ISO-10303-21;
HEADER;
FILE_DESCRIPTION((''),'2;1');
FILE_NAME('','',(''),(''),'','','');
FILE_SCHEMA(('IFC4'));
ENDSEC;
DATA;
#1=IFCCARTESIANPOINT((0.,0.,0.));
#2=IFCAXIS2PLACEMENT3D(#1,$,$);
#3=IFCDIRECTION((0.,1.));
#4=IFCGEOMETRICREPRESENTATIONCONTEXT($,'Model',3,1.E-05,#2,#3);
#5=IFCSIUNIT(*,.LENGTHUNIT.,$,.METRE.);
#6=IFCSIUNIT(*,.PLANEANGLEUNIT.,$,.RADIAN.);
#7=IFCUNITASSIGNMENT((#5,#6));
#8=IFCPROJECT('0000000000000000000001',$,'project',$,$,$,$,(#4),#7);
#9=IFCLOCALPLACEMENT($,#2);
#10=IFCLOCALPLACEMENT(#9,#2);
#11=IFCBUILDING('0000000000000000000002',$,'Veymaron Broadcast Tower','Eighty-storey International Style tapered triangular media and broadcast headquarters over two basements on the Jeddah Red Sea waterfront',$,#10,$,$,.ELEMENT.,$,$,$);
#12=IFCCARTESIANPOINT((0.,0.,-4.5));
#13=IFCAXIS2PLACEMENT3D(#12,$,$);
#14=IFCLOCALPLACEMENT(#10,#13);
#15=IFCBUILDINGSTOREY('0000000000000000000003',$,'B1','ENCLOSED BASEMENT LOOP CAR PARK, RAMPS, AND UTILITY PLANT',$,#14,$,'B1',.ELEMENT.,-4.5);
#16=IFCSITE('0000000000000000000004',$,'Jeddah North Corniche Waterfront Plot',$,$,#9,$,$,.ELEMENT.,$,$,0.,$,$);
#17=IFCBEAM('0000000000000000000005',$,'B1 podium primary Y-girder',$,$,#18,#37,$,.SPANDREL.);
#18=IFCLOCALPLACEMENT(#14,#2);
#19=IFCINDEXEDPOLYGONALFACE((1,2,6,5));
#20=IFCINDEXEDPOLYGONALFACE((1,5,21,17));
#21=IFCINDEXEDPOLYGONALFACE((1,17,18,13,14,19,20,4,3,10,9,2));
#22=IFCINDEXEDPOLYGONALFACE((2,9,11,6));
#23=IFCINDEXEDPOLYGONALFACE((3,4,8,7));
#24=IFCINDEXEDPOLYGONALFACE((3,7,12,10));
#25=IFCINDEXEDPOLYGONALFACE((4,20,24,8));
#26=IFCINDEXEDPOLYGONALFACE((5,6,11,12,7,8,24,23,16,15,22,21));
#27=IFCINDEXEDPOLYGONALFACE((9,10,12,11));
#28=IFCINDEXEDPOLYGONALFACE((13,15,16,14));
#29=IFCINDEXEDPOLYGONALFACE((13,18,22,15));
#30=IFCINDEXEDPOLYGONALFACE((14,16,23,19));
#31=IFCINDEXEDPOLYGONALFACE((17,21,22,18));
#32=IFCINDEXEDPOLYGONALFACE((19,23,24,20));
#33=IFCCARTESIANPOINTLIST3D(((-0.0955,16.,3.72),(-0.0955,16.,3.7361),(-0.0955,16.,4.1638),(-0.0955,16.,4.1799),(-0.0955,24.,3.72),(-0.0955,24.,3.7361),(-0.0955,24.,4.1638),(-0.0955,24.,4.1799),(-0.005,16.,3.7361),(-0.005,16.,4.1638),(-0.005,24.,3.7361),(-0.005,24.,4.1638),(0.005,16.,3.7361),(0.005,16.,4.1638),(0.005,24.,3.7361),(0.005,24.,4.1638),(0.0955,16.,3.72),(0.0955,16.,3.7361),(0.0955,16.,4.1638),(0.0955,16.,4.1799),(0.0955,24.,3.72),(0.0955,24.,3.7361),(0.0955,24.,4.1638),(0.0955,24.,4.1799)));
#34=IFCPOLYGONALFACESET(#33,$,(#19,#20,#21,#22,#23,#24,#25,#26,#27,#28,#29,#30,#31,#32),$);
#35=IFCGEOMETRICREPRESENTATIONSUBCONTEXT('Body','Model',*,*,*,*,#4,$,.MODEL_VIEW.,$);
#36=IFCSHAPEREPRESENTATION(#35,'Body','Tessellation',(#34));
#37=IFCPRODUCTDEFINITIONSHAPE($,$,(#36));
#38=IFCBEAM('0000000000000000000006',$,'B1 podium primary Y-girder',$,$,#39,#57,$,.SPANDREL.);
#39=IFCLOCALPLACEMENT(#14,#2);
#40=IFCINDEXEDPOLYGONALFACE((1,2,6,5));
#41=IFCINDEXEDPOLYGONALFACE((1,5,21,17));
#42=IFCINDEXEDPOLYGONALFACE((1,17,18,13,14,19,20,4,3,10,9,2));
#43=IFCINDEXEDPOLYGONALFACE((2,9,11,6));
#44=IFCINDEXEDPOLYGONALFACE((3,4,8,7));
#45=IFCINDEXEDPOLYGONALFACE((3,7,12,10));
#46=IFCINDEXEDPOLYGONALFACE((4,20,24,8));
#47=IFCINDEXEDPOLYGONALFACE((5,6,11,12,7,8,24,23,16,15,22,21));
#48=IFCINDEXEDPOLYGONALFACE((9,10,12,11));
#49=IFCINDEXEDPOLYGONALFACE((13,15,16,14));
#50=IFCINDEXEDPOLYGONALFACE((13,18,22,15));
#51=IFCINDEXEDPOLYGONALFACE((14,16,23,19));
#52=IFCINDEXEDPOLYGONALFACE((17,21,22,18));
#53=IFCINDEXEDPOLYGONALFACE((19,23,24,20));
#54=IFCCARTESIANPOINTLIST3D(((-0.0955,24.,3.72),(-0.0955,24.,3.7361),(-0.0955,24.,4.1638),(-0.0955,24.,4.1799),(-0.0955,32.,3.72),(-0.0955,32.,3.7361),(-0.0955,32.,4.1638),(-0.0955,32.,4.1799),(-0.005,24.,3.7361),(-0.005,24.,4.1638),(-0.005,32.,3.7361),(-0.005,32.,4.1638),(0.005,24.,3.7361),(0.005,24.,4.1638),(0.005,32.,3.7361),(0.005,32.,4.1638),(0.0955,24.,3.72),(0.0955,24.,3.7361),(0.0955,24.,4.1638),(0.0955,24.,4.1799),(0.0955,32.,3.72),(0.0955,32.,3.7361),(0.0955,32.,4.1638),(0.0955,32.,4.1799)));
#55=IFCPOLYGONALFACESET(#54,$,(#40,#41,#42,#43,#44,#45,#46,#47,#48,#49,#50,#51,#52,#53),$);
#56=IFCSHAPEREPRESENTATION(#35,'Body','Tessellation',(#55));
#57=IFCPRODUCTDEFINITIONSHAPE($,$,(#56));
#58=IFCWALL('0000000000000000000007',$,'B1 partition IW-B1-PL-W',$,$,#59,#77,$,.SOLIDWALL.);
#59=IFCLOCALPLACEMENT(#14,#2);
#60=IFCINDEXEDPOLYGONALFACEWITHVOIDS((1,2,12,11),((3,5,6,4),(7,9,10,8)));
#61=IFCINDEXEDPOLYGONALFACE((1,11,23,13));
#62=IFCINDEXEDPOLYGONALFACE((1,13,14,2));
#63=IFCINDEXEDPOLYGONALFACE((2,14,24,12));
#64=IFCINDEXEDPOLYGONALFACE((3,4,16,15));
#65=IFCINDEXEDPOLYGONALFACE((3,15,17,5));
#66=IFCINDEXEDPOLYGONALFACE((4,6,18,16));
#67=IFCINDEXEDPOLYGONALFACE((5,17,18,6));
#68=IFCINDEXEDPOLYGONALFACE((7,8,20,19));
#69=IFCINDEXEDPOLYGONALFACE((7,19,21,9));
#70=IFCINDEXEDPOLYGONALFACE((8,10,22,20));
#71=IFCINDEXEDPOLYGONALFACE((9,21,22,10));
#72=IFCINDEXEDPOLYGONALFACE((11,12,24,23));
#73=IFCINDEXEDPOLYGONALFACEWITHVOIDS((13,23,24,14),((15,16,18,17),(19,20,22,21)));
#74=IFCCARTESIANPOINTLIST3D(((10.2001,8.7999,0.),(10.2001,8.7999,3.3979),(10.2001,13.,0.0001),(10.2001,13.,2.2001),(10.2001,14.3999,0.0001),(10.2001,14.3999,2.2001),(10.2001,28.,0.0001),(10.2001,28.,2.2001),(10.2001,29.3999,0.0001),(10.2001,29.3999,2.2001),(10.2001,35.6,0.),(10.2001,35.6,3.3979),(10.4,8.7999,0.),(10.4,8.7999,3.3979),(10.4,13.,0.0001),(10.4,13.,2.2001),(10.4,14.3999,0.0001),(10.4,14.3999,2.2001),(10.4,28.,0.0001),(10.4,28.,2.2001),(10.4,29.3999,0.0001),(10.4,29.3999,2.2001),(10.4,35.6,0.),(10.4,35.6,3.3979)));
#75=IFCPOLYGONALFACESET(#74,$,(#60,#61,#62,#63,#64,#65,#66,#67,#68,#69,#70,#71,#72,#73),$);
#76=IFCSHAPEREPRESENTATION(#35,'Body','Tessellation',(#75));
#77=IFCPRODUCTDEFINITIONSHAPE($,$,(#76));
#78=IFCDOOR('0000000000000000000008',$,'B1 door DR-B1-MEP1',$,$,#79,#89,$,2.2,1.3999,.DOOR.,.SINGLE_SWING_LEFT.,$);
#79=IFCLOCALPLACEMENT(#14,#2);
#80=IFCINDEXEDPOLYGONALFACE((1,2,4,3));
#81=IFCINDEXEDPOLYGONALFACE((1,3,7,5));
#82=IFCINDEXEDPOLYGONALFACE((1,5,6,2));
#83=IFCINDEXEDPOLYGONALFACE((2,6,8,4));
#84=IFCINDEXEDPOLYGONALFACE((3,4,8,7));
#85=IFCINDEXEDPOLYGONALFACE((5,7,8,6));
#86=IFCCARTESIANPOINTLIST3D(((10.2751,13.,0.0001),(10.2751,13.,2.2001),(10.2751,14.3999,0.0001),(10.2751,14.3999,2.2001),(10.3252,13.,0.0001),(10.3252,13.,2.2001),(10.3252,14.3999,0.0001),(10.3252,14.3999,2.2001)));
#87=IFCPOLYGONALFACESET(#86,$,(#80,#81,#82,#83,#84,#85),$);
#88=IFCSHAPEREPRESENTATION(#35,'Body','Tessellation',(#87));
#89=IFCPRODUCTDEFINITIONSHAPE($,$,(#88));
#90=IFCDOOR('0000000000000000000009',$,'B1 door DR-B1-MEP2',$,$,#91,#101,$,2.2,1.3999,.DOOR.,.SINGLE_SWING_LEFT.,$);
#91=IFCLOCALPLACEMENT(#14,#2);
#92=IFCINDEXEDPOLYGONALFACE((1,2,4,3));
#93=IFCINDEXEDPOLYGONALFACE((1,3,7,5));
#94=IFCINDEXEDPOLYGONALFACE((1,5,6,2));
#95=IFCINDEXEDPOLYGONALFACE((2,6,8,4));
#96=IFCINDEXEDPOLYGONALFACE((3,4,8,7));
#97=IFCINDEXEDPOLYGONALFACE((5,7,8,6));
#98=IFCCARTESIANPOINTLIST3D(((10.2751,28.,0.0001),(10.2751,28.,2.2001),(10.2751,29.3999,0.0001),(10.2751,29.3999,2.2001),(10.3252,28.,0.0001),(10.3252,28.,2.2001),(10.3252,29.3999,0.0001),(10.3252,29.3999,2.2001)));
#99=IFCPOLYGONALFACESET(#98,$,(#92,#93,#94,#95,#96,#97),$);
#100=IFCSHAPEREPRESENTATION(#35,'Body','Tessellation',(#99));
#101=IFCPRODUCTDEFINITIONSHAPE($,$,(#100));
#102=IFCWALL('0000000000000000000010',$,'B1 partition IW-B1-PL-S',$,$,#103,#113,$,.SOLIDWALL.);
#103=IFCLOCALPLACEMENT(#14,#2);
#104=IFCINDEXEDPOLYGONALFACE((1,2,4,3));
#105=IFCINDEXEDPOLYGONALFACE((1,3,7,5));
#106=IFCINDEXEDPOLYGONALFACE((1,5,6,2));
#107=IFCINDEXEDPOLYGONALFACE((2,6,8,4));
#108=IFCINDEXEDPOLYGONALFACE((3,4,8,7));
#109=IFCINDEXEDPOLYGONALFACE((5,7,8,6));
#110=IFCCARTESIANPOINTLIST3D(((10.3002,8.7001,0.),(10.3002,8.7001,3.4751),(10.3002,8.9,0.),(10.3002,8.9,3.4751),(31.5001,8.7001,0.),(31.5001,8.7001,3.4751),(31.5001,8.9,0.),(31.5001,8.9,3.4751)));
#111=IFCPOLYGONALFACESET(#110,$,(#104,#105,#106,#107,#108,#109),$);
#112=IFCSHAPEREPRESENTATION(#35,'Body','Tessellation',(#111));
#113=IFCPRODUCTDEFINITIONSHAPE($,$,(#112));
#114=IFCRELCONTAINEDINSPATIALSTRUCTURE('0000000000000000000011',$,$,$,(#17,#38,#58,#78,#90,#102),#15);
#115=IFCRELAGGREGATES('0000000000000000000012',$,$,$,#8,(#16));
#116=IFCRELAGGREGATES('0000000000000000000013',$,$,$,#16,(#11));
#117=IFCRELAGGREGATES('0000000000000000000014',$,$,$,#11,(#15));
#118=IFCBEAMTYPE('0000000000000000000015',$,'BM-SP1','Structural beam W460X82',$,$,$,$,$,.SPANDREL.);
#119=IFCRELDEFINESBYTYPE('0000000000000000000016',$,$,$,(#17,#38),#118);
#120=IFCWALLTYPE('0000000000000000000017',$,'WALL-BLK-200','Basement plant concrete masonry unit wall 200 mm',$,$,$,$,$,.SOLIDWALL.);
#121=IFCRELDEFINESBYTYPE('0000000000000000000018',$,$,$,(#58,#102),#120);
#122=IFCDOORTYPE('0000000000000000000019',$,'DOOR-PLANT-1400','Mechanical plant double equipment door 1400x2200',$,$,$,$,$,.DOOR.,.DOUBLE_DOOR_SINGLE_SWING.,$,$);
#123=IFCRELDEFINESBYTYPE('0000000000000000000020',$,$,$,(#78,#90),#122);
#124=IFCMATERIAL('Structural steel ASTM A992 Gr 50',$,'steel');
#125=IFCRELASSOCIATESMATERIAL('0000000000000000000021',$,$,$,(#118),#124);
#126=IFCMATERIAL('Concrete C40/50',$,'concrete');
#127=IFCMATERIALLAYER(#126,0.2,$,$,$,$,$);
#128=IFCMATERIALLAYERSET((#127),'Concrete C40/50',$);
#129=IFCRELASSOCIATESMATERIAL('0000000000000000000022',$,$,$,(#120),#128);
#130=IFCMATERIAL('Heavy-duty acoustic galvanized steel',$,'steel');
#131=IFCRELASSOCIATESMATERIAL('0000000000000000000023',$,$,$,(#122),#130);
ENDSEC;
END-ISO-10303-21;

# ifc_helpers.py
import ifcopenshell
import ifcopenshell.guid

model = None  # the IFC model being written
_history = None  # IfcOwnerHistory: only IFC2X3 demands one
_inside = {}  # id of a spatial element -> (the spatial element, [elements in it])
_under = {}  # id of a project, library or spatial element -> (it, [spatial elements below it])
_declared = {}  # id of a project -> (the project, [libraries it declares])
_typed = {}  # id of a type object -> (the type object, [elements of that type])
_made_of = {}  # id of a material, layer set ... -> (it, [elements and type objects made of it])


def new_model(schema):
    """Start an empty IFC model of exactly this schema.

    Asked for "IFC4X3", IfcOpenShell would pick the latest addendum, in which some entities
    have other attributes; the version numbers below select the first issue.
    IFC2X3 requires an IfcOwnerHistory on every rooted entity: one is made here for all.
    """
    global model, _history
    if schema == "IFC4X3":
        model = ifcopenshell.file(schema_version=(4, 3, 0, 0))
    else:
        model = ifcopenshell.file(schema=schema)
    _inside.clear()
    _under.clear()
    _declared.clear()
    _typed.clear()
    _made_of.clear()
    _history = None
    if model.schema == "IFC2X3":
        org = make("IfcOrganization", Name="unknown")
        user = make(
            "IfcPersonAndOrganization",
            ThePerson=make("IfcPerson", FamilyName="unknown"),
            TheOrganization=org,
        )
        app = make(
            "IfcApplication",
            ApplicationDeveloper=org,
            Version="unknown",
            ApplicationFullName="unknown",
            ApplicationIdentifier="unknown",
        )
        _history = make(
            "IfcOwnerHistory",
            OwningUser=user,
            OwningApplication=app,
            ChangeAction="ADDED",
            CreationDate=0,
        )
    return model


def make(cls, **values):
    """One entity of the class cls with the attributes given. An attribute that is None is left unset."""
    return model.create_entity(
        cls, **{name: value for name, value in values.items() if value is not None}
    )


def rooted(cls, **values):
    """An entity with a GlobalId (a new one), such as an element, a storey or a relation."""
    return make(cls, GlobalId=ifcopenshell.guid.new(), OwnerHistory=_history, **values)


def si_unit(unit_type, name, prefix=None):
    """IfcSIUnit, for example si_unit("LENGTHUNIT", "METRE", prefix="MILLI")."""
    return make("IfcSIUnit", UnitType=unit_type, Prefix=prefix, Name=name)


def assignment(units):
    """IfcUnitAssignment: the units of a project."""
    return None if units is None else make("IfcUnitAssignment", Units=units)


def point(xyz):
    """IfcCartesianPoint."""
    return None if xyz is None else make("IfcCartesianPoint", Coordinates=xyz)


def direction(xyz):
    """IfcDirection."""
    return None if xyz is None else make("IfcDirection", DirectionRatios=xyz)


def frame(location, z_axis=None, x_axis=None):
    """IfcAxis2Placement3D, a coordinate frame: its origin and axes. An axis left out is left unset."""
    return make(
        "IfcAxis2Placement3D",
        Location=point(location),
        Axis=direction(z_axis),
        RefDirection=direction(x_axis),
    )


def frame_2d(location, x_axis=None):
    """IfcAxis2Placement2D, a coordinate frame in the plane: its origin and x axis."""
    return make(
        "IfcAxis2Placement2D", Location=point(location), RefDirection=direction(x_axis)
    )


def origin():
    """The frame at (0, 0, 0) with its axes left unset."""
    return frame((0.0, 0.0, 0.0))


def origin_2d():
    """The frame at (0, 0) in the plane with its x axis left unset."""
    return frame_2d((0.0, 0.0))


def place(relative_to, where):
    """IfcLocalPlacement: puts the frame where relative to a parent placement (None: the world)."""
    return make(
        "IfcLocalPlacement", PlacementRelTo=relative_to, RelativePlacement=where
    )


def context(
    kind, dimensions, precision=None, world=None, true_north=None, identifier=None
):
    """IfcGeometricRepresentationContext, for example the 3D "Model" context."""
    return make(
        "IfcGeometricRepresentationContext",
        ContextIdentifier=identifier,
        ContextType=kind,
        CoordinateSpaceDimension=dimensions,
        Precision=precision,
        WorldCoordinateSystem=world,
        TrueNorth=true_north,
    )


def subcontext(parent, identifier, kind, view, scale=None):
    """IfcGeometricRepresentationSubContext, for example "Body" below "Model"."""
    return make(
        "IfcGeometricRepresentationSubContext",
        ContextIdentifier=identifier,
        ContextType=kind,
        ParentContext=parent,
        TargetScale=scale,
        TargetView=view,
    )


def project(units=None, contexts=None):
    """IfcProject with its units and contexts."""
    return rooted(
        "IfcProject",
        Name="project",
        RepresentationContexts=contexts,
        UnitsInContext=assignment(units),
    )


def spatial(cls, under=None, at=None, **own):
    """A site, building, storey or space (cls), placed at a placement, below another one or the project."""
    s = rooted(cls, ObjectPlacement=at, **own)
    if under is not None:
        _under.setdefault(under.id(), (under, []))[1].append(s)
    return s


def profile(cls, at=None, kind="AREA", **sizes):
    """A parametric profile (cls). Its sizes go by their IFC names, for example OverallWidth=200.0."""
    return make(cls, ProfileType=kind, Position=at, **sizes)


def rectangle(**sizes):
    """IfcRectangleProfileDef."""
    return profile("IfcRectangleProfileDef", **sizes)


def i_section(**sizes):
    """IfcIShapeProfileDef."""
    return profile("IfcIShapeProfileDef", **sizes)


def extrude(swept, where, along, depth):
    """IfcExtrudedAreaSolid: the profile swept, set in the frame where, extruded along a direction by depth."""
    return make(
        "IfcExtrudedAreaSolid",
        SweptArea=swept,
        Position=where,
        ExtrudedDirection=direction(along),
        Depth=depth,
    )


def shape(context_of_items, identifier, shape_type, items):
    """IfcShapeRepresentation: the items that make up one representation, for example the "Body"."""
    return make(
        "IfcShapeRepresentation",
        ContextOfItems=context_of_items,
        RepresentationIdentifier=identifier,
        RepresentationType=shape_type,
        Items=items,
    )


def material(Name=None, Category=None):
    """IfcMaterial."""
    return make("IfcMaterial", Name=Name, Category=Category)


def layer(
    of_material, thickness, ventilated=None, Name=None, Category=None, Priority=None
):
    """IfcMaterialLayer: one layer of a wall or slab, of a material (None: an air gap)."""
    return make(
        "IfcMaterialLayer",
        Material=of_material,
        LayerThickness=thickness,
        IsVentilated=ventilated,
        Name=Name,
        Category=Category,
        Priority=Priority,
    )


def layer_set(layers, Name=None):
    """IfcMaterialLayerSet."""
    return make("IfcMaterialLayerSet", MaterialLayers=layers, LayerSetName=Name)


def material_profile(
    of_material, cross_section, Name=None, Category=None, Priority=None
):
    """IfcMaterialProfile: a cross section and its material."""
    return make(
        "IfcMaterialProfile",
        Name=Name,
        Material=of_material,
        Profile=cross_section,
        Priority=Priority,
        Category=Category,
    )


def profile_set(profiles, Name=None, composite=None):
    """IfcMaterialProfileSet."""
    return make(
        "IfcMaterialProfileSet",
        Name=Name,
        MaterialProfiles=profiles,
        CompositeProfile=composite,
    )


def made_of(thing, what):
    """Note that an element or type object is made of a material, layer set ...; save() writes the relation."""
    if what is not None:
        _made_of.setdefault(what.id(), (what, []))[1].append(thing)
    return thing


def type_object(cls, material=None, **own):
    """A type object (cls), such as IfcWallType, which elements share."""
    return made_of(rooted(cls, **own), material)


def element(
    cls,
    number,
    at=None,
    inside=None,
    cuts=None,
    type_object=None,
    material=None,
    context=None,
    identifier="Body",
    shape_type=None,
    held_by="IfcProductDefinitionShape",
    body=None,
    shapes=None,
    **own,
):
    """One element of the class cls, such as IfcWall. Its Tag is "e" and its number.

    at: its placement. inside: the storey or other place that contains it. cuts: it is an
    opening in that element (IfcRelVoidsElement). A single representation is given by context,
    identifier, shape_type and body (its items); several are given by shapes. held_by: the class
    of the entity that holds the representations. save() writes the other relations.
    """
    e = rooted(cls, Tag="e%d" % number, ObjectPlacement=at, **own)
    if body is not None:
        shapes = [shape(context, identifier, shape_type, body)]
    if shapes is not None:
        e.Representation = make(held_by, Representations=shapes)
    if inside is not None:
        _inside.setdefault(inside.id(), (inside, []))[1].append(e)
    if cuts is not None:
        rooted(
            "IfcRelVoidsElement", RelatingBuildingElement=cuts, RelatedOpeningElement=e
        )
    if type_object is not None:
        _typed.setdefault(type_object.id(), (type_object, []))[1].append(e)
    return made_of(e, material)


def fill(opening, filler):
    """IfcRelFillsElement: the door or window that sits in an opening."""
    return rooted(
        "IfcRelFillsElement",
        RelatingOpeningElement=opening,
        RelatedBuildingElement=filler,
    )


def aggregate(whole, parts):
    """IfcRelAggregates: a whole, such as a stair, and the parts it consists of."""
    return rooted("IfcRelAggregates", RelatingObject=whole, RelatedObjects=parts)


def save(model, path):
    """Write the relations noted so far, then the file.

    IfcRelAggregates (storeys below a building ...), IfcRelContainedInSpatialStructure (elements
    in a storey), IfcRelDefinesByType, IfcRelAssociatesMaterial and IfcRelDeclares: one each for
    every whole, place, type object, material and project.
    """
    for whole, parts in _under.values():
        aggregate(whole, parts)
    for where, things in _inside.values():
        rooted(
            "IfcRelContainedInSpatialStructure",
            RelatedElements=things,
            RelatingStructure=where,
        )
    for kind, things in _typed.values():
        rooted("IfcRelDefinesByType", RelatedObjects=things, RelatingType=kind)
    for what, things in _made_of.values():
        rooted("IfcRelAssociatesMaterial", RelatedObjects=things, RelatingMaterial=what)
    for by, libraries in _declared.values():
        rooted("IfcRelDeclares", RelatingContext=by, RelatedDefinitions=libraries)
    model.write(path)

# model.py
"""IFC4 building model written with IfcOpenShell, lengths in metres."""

from ifc_helpers import new_model, si_unit, direction, frame, frame_2d, origin, origin_2d, place, context, subcontext, project, spatial, rectangle, i_section, extrude, material, layer, layer_set, material_profile, profile_set, type_object, element, fill, save


model = new_model("IFC4")

# Units and contexts
model_context = context("Model", 3, precision=1e-05, world=origin(), true_north=direction((0.0, 1.0)))
body_context = subcontext(model_context, "Body", "Model", "MODEL_VIEW")
ifc_project = project(units=[si_unit("LENGTHUNIT", "METRE"), si_unit("PLANEANGLEUNIT", "RADIAN")], contexts=[model_context])

# Site, building, storey
site_placement = place(None, origin())
site = spatial("IfcSite", under=ifc_project, at=site_placement, Name="Jeddah North Corniche Waterfront Plot", CompositionType="ELEMENT", RefElevation=0.0)
building_placement = place(site_placement, origin())
building = spatial("IfcBuilding", under=site, at=building_placement, Name="Veymaron Broadcast Tower", Description="Eighty-storey International Style tapered triangular media and broadcast headquarters over two basements on the Jeddah Red Sea waterfront", CompositionType="ELEMENT")
storey_placement = place(building_placement, frame((0.0, 0.0, -4.5)))
storey = spatial("IfcBuildingStorey", under=building, at=storey_placement, Name="B1", Description="ENCLOSED BASEMENT LOOP CAR PARK, RAMPS, AND UTILITY PLANT", LongName="B1", CompositionType="ELEMENT", Elevation=-4.5)

# Beams
ifc_material_1 = material(Name="Structural steel ASTM A992 Gr 50", Category="steel")
ifc_material_profile_1 = material_profile(ifc_material_1, i_section(OverallWidth=0.1909, OverallDepth=0.46, WebThickness=0.01, FlangeThickness=0.0161, at=origin_2d()), Name="W460X82")
ifc_profile_set_1 = profile_set([ifc_material_profile_1], Name="Structural steel ASTM A992 Gr 50")
beam_type_1 = type_object("IfcBeamType", Name="BM-SP1", Description="Structural beam W460X82", PredefinedType="SPANDREL", material=ifc_profile_set_1)
for number, where, z_axis, x_axis, name in (
    (1, (0.0, 16.0, 3.95), (0.0, 1.0, 0.0), (-1.0, 0.0, 0.0), "B1 podium primary Y-girder"),
    (2, (0.0, 24.0, 3.95), (0.0, 1.0, 0.0), (-1.0, 0.0, 0.0), "B1 podium primary Y-girder"),
):
    element("IfcBeam", number, at=place(storey_placement, frame(where, z_axis=z_axis, x_axis=x_axis)), inside=storey, type_object=beam_type_1, Name=name, PredefinedType="SPANDREL", context=body_context, shape_type="SweptSolid", body=[
        extrude(i_section(OverallWidth=0.1909, OverallDepth=0.46, WebThickness=0.01, FlangeThickness=0.0161, at=origin_2d()), origin(), (0.0, 0.0, 1.0), 8.0),
    ])

# Wall, openings, doors
ifc_material_2 = material(Name="Concrete C40/50", Category="concrete")
ifc_layer = layer(ifc_material_2, 0.2)
ifc_layer_set = layer_set([ifc_layer], Name="Concrete C40/50")
wall_type = type_object("IfcWallType", Name="WALL-BLK-200", Description="Basement plant concrete masonry unit wall 200 mm", PredefinedType="SOLIDWALL", material=ifc_layer_set)
wall_1_placement = place(storey_placement, frame((10.3, 8.8, 0.0), z_axis=(0.0, 0.0, 1.0), x_axis=(0.0, 1.0, 0.0)))
wall_1 = element("IfcWall", 3, at=wall_1_placement, inside=storey, type_object=wall_type, Name="B1 partition IW-B1-PL-W", PredefinedType="SOLIDWALL", context=body_context, shape_type="SweptSolid", body=[
    extrude(rectangle(XDim=26.8, YDim=0.2, at=frame_2d((13.3999, 0.0))), origin(), (0.0, 0.0, 1.0), 3.3979),
])
opening_1_placement = place(wall_1_placement, frame((4.2, 0.0, 0.0)))
opening_1 = element("IfcOpeningElement", 4, at=opening_1_placement, cuts=wall_1, PredefinedType="OPENING", context=body_context, shape_type="SweptSolid", body=[
    extrude(rectangle(XDim=1.3999, YDim=2.2, at=frame_2d((0.7, 1.1001))), frame((0.0, 0.1099, 0.0), z_axis=(0.0, -1.0, 0.0), x_axis=(1.0, 0.0, 0.0)), (0.0, 0.0, 1.0), 0.22),
])
opening_2_placement = place(wall_1_placement, frame((19.2, 0.0, 0.0)))
opening_2 = element("IfcOpeningElement", 5, at=opening_2_placement, cuts=wall_1, PredefinedType="OPENING", context=body_context, shape_type="SweptSolid", body=[
    extrude(rectangle(XDim=1.3999, YDim=2.2, at=frame_2d((0.7, 1.1001))), frame((0.0, 0.1099, 0.0), z_axis=(0.0, -1.0, 0.0), x_axis=(1.0, 0.0, 0.0)), (0.0, 0.0, 1.0), 0.22),
])
ifc_material_3 = material(Name="Heavy-duty acoustic galvanized steel", Category="steel")
door_type = type_object("IfcDoorType", Name="DOOR-PLANT-1400", Description="Mechanical plant double equipment door 1400x2200", OperationType="DOUBLE_DOOR_SINGLE_SWING", PredefinedType="DOOR", material=ifc_material_3)
door_1_placement = place(opening_1_placement, origin())
door_1 = element("IfcDoor", 6, at=door_1_placement, inside=storey, type_object=door_type, Name="B1 door DR-B1-MEP1", OperationType="SINGLE_SWING_LEFT", OverallHeight=2.2, OverallWidth=1.3999, PredefinedType="DOOR", context=body_context, shape_type="SweptSolid", body=[
    extrude(rectangle(XDim=1.3999, YDim=2.2, at=frame_2d((0.7, 1.1001))), frame((0.0, 0.0249, 0.0), z_axis=(0.0, -1.0, 0.0), x_axis=(1.0, 0.0, 0.0)), (0.0, 0.0, 1.0), 0.05),
])
fill(opening_1, door_1)
door_2_placement = place(opening_2_placement, origin())
door_2 = element("IfcDoor", 7, at=door_2_placement, inside=storey, type_object=door_type, Name="B1 door DR-B1-MEP2", OperationType="SINGLE_SWING_LEFT", OverallHeight=2.2, OverallWidth=1.3999, PredefinedType="DOOR", context=body_context, shape_type="SweptSolid", body=[
    extrude(rectangle(XDim=1.3999, YDim=2.2, at=frame_2d((0.7, 1.1001))), frame((0.0, 0.0249, 0.0), z_axis=(0.0, -1.0, 0.0), x_axis=(1.0, 0.0, 0.0)), (0.0, 0.0, 1.0), 0.05),
])
fill(opening_2, door_2)

# Wall
wall_2_placement = place(storey_placement, frame((10.3, 8.8, 0.0), z_axis=(0.0, 0.0, 1.0), x_axis=(1.0, 0.0, 0.0)))
element("IfcWall", 8, at=wall_2_placement, inside=storey, type_object=wall_type, Name="B1 partition IW-B1-PL-S", PredefinedType="SOLIDWALL", context=body_context, shape_type="SweptSolid", body=[
    extrude(rectangle(XDim=21.2, YDim=0.2, at=frame_2d((10.6001, 0.0))), origin(), (0.0, 0.0, 1.0), 3.4751),
])

save(model, "model.ifc")
